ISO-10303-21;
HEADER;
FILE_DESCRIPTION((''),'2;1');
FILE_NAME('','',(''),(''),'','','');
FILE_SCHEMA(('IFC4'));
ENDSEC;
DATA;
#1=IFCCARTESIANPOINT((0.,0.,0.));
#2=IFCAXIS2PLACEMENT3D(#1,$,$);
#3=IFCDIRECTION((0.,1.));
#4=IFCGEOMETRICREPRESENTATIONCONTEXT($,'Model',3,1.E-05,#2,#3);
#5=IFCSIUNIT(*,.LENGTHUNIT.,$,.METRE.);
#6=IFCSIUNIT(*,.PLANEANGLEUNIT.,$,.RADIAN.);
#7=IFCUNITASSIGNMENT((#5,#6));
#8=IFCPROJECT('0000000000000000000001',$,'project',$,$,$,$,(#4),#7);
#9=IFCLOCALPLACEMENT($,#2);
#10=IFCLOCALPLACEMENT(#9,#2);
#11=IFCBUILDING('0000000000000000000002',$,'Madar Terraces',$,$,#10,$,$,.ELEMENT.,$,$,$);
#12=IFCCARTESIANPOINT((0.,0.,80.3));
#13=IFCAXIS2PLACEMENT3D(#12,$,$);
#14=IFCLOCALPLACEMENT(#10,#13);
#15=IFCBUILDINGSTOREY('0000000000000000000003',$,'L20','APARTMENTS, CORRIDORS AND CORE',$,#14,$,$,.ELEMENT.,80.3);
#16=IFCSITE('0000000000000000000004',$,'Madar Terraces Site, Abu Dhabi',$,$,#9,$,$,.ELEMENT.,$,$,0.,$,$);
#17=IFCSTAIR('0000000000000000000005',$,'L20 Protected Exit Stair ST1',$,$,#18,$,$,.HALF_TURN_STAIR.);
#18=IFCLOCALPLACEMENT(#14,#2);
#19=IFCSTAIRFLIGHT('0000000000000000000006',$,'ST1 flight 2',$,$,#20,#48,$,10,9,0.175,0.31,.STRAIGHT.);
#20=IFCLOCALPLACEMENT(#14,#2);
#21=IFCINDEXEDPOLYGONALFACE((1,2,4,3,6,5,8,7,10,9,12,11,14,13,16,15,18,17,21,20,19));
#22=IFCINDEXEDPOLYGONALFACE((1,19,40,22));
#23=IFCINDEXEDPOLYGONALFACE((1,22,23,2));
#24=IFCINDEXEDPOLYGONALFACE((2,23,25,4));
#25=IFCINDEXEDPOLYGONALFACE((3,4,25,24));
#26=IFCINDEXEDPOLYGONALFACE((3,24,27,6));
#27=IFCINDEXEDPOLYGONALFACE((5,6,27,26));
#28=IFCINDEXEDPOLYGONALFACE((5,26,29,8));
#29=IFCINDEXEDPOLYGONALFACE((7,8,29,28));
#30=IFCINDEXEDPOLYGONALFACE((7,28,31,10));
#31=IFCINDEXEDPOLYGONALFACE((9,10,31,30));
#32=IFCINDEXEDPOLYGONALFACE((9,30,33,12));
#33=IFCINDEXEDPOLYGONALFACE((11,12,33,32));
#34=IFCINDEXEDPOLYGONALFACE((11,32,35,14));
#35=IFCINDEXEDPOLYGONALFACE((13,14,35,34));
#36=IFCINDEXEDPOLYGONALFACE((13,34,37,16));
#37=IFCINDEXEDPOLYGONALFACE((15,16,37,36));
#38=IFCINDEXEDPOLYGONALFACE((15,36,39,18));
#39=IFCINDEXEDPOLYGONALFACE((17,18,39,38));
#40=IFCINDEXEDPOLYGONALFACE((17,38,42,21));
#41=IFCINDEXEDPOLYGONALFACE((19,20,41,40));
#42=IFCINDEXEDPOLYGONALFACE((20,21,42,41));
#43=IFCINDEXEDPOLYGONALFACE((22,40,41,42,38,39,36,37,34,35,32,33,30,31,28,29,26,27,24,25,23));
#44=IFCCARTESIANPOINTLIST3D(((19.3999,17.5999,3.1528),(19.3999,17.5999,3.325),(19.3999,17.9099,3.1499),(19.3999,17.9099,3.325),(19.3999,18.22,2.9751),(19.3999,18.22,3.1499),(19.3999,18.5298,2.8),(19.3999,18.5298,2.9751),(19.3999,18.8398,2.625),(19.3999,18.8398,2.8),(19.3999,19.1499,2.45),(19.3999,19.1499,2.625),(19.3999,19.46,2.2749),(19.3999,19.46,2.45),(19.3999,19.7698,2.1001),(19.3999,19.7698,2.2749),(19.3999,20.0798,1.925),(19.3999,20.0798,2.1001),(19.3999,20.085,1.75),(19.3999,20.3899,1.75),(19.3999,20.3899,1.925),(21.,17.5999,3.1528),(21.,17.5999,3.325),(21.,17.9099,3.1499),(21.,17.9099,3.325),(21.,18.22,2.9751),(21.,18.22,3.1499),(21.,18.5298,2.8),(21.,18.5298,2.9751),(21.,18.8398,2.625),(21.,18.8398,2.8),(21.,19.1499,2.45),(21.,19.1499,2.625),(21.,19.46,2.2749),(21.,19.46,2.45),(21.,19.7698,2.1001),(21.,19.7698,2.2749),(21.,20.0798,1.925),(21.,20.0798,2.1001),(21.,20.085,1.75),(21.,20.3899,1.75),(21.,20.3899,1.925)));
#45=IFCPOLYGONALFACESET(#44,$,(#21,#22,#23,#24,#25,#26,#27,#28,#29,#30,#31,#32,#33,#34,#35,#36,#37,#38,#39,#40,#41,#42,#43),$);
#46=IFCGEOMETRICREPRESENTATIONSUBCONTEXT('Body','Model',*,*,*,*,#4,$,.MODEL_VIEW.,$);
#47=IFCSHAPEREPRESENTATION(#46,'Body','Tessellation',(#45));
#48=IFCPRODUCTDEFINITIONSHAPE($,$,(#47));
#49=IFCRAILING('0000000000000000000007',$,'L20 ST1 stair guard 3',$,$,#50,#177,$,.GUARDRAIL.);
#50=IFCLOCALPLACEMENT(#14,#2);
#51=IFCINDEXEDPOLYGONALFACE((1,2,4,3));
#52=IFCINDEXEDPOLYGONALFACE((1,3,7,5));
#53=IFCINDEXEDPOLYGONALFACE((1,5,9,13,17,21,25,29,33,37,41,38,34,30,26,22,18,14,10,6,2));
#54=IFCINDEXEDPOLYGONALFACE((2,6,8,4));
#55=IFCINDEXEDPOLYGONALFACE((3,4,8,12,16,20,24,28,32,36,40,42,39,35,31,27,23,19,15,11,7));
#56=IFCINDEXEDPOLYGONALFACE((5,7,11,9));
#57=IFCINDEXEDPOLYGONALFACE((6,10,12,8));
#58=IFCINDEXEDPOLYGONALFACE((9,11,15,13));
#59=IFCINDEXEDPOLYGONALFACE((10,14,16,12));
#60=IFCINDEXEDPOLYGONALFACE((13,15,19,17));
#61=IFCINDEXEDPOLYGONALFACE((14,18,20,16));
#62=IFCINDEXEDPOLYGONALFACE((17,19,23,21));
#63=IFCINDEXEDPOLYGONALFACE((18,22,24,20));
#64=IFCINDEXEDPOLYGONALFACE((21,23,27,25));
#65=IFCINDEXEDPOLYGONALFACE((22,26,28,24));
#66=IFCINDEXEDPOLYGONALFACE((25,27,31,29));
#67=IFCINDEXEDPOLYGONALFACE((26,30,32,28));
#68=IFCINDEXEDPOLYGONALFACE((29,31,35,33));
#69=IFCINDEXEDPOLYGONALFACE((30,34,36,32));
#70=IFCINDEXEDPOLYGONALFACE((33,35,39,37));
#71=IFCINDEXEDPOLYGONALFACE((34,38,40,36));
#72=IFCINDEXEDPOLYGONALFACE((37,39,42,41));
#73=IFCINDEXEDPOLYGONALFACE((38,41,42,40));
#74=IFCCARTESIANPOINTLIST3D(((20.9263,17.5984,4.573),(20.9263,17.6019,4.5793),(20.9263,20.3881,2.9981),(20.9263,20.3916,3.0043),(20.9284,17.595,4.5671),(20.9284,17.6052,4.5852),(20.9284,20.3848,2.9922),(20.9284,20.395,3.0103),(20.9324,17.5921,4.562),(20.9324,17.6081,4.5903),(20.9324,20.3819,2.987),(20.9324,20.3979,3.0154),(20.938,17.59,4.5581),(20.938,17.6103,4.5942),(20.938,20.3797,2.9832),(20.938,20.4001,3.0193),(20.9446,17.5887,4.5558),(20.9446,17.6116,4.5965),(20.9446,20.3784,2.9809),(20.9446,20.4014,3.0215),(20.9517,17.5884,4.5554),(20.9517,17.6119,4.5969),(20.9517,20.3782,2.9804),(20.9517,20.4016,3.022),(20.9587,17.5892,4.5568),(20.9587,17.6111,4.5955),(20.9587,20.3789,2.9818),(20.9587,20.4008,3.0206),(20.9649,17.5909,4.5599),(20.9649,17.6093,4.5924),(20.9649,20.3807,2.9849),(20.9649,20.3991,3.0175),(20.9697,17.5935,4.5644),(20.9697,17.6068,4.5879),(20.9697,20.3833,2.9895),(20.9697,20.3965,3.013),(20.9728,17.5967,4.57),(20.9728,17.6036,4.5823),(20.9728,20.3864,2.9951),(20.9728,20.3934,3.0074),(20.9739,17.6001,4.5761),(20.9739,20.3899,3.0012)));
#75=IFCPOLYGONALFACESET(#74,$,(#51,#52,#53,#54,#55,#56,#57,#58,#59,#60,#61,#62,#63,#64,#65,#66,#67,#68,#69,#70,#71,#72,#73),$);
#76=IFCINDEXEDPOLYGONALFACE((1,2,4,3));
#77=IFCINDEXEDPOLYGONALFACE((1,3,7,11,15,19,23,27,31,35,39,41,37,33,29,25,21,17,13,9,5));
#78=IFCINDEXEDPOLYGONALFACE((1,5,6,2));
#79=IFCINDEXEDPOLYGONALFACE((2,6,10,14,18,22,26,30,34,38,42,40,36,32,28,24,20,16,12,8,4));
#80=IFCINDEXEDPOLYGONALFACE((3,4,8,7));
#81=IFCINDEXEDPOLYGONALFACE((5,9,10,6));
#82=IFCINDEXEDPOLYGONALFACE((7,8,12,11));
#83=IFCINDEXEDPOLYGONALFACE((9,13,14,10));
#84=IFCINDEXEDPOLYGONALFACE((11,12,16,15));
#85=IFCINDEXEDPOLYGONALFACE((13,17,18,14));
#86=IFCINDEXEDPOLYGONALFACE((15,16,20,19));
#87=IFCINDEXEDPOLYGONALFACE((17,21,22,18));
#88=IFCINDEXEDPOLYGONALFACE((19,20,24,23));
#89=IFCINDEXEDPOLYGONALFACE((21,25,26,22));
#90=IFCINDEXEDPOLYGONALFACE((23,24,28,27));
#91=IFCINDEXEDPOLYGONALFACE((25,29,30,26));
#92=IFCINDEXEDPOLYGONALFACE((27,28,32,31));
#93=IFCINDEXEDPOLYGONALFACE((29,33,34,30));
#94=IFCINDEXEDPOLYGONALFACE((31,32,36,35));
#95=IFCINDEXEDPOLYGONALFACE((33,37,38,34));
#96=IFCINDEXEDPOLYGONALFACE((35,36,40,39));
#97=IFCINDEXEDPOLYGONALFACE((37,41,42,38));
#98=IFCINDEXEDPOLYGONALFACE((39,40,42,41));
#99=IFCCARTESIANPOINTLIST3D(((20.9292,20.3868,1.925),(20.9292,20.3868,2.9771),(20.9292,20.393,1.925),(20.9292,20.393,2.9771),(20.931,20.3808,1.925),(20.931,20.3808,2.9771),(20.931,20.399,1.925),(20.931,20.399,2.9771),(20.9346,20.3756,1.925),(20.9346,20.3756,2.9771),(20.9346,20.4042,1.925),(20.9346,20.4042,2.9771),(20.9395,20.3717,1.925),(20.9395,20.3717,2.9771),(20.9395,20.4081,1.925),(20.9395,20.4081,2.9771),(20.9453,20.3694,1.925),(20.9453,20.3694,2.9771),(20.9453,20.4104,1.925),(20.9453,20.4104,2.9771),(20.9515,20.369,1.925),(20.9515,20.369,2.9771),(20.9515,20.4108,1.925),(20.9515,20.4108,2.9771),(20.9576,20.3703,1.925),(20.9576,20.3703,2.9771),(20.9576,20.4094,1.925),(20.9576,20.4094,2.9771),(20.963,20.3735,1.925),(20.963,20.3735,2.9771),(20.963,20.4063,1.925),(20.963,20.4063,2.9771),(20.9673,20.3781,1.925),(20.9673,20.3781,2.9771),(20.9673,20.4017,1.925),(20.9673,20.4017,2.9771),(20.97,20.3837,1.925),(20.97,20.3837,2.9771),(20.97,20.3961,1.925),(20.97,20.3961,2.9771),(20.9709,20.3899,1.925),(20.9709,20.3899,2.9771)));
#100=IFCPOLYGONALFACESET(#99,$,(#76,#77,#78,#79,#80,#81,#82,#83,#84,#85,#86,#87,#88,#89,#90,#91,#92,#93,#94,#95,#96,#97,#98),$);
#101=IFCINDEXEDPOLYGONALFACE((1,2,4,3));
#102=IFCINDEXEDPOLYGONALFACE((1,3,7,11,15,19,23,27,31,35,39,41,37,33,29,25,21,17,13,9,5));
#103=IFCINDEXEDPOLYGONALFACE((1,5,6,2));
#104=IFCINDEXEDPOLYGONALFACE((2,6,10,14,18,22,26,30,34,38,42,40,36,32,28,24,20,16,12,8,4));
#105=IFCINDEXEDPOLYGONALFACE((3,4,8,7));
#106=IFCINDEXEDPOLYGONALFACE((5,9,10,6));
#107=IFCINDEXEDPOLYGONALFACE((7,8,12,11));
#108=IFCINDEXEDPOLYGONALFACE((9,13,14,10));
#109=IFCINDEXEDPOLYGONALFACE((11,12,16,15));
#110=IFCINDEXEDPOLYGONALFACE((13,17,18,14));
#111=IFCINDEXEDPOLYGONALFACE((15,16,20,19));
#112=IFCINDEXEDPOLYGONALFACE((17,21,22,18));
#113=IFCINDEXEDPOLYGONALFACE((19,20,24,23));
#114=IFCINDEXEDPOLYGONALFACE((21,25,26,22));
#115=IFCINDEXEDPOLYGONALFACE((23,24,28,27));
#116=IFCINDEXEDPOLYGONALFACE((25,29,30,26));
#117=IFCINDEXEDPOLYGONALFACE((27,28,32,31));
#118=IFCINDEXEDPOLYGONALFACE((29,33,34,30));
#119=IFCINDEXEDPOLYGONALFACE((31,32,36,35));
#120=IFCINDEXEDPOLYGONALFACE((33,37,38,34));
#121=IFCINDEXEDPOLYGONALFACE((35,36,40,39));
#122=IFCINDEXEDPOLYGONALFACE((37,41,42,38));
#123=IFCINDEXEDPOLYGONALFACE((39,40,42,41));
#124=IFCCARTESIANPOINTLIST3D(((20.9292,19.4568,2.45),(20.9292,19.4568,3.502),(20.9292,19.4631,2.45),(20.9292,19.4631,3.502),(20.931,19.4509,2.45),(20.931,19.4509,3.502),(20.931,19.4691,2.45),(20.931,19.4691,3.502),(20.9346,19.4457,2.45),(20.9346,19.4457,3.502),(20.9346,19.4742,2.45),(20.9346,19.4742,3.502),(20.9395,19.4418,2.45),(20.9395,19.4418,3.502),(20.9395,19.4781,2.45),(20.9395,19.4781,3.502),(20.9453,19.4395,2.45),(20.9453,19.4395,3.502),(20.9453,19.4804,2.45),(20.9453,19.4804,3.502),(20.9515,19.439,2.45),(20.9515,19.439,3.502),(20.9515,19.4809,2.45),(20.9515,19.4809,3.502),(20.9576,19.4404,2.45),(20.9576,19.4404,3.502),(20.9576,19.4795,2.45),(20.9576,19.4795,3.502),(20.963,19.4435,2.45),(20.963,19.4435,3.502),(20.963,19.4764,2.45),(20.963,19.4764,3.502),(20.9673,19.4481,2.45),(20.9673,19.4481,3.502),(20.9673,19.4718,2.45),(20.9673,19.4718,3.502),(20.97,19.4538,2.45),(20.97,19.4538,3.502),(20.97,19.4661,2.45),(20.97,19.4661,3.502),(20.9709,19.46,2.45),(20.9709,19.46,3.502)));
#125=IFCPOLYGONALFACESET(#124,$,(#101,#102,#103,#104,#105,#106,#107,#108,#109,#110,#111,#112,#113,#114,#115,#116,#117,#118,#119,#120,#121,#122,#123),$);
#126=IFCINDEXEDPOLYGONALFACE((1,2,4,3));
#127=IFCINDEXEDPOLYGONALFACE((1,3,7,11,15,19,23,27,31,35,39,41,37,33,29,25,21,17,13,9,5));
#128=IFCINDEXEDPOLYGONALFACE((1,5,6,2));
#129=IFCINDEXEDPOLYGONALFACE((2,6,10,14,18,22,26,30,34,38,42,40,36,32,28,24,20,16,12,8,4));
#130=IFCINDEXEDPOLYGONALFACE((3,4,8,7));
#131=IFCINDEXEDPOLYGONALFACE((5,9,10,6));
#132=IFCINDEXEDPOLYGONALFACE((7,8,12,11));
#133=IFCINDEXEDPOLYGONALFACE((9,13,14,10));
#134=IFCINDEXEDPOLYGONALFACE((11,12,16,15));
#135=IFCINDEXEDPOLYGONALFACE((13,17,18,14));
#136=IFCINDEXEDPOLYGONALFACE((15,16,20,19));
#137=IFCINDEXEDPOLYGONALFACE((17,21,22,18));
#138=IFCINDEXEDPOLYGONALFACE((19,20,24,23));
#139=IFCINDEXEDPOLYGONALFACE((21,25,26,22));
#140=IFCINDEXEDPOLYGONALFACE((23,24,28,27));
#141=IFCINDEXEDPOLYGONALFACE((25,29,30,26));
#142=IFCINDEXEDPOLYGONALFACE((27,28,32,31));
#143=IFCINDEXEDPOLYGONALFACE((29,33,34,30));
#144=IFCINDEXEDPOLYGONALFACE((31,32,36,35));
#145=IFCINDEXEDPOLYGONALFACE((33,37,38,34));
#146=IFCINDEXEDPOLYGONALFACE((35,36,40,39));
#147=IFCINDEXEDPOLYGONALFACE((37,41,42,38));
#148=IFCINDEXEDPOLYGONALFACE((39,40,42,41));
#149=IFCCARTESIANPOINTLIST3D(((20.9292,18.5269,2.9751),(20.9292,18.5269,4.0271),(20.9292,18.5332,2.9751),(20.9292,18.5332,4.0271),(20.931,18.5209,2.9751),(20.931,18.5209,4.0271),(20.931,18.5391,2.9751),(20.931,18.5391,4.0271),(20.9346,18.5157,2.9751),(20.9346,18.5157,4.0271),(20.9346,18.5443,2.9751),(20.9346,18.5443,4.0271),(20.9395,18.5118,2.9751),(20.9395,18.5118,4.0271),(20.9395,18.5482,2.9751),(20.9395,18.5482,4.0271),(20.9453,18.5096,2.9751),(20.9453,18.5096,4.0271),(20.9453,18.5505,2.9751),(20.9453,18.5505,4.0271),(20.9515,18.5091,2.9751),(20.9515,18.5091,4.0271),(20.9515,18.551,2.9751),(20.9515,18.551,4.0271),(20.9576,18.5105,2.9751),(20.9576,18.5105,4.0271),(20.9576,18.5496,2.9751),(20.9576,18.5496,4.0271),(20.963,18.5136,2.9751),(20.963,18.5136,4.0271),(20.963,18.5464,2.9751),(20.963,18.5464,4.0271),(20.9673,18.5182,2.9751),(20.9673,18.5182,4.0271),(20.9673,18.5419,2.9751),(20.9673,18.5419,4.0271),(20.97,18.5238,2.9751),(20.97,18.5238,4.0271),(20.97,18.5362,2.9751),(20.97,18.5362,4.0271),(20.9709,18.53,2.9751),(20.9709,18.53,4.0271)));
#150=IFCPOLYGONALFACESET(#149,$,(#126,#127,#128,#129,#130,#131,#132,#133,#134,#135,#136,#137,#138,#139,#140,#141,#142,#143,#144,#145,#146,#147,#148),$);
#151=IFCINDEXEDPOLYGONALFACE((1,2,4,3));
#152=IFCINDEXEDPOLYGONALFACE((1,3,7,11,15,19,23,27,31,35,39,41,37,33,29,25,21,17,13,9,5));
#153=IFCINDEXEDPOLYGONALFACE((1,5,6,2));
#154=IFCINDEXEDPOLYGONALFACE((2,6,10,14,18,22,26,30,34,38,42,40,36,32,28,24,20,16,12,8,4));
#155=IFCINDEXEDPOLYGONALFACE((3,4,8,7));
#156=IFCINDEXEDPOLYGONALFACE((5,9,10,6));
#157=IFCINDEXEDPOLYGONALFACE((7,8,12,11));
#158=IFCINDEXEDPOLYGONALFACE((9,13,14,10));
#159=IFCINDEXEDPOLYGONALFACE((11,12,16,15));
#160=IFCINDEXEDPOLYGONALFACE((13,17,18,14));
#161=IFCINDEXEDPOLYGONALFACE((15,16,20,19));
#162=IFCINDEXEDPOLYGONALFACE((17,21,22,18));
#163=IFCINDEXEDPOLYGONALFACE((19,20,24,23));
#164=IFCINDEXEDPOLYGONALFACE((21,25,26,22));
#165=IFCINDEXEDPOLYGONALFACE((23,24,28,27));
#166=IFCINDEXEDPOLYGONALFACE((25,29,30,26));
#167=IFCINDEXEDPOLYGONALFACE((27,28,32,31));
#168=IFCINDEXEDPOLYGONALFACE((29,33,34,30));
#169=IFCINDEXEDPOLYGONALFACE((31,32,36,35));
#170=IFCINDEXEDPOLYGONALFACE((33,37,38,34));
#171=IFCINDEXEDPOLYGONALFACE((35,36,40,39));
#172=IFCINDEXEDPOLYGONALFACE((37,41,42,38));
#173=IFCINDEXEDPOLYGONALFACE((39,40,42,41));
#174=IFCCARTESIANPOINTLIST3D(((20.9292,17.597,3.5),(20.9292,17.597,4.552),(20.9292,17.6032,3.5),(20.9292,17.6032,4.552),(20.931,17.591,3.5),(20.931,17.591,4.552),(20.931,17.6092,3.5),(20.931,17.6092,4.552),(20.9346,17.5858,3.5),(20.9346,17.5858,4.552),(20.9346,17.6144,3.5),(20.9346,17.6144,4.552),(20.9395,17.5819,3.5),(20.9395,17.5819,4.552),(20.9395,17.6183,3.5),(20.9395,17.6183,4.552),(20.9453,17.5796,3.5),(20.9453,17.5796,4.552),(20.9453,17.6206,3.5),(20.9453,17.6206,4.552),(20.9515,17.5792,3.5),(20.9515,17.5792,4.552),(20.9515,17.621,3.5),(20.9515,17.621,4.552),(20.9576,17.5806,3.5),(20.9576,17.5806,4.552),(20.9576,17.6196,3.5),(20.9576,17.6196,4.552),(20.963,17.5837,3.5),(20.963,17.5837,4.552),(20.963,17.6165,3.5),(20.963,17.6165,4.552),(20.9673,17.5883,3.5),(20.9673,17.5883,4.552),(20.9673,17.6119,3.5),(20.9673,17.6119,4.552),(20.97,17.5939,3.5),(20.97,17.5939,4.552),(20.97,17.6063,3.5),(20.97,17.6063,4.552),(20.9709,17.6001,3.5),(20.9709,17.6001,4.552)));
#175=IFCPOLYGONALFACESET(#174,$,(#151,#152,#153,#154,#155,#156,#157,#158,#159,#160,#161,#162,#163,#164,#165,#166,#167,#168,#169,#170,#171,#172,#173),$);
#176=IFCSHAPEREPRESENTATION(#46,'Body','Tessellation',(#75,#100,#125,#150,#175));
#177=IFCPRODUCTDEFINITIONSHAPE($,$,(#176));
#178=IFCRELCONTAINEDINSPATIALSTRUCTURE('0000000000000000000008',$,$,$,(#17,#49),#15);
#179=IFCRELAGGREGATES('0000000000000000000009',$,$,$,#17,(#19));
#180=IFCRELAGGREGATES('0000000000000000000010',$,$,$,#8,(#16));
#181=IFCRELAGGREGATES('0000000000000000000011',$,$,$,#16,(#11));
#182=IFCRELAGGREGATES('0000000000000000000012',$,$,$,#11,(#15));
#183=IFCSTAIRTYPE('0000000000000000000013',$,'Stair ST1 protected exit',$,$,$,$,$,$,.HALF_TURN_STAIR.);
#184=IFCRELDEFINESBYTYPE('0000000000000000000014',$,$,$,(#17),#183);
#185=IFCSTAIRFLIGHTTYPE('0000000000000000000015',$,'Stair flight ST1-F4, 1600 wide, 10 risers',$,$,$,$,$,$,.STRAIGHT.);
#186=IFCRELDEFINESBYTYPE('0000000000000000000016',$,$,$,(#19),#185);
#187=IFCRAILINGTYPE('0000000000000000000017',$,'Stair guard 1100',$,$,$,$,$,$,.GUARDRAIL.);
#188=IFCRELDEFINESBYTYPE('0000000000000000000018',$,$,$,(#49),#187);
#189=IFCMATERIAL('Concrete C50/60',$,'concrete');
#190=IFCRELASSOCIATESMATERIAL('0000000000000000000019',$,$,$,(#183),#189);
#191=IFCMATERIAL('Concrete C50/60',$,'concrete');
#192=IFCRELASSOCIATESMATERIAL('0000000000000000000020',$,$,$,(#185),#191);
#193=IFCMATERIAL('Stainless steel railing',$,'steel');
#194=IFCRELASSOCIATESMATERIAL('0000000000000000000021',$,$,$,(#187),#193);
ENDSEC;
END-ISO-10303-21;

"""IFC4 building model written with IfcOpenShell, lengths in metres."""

from ifc_helpers import new_model, si_unit, direction, frame, origin, origin_2d, place, context, subcontext, project, spatial, polyline, circle, outline, extrude, material, type_object, element, aggregate, save


model = new_model("IFC4")

# Units and contexts
model_context = context("Model", 3, precision=1e-05, world=origin(), true_north=direction((0.0, 1.0)))
body_context = subcontext(model_context, "Body", "Model", "MODEL_VIEW")
ifc_project = project(units=[si_unit("LENGTHUNIT", "METRE"), si_unit("PLANEANGLEUNIT", "RADIAN")], contexts=[model_context])

# Site, building, storey
site_placement = place(None, origin())
site = spatial("IfcSite", under=ifc_project, at=site_placement, Name="Madar Terraces Site, Abu Dhabi", CompositionType="ELEMENT", RefElevation=0.0)
building_placement = place(site_placement, origin())
building = spatial("IfcBuilding", under=site, at=building_placement, Name="Madar Terraces", CompositionType="ELEMENT")
storey_placement = place(building_placement, frame((0.0, 0.0, 80.3)))
storey = spatial("IfcBuildingStorey", under=building, at=storey_placement, Name="L20", Description="APARTMENTS, CORRIDORS AND CORE", CompositionType="ELEMENT", Elevation=80.3)

# Stair, stair flight
ifc_material_1 = material(Name="Concrete C50/60", Category="concrete")
stair_type = type_object("IfcStairType", Name="Stair ST1 protected exit", PredefinedType="HALF_TURN_STAIR", material=ifc_material_1)
stair_placement = place(storey_placement, origin())
stair = element("IfcStair", 1, at=stair_placement, inside=storey, type_object=stair_type, Name="L20 Protected Exit Stair ST1", PredefinedType="HALF_TURN_STAIR")
ifc_material_2 = material(Name="Concrete C50/60", Category="concrete")
stair_flight_type = type_object("IfcStairFlightType", Name="Stair flight ST1-F4, 1600 wide, 10 risers", PredefinedType="STRAIGHT", material=ifc_material_2)
stair_flight_placement = place(storey_placement, frame((20.2, 20.3899, 1.75), z_axis=(0.0, 0.0, 1.0), x_axis=(0.0, -1.0, 0.0)))
stair_flight = element("IfcStairFlight", 2, at=stair_flight_placement, type_object=stair_flight_type, Name="ST1 flight 2", NumberOfRisers=10, NumberOfTreads=9, PredefinedType="STRAIGHT", RiserHeight=0.175, TreadLength=0.31, context=body_context, shape_type="SweptSolid", body=[
    extrude(outline(polyline([(0.0, 0.0), (0.0, 0.175), (0.3101, 0.175), (0.3101, 0.3501), (0.6201, 0.3501), (0.6201, 0.5249), (0.9299, 0.5249), (0.9299, 0.7), (1.24, 0.7), (1.24, 0.875), (1.55, 0.875), (1.55, 1.05), (1.8601, 1.05), (1.8601, 1.2251), (2.1699, 1.2251), (2.1699, 1.3999), (2.48, 1.3999), (2.48, 1.575), (2.79, 1.575), (2.79, 1.75), (2.79, 1.4028), (0.3049, 0.0), (0.0, 0.0)])), frame((0.0, 0.8, 0.0), z_axis=(0.0, -1.0, 0.0), x_axis=(1.0, 0.0, 0.0)), (0.0, 0.0, 1.0), 1.6001),
])
aggregate(stair, [stair_flight])

# Railing
ifc_material_3 = material(Name="Stainless steel railing", Category="steel")
railing_type_1 = type_object("IfcRailingType", Name="Stair guard 1100", PredefinedType="GUARDRAIL", material=ifc_material_3)
railing_1_placement = place(storey_placement, frame((20.95, 20.3899, 1.925)))
element("IfcRailing", 3, at=railing_1_placement, inside=storey, type_object=railing_type_1, Name="L20 ST1 stair guard 3", PredefinedType="GUARDRAIL", context=body_context, shape_type="SweptSolid", body=[
    extrude(circle(Radius=0.0239, at=origin_2d()), frame((0.0, 0.0, 1.0762), z_axis=(0.0, -0.870815, 0.49161), x_axis=(1.0, 0.0, 0.0)), (0.0, 0.0, 1.0), 3.2036),
    extrude(circle(Radius=0.021, at=origin_2d()), origin(), (0.0, 0.0, 1.0), 1.052),
    extrude(circle(Radius=0.021, at=origin_2d()), frame((0.0, -0.9299, 0.5249)), (0.0, 0.0, 1.0), 1.052),
    extrude(circle(Radius=0.021, at=origin_2d()), frame((0.0, -1.8599, 1.05)), (0.0, 0.0, 1.0), 1.052),
    extrude(circle(Radius=0.021, at=origin_2d()), frame((0.0, -2.7898, 1.575)), (0.0, 0.0, 1.0), 1.052),
])

save(model, "model.ifc")
